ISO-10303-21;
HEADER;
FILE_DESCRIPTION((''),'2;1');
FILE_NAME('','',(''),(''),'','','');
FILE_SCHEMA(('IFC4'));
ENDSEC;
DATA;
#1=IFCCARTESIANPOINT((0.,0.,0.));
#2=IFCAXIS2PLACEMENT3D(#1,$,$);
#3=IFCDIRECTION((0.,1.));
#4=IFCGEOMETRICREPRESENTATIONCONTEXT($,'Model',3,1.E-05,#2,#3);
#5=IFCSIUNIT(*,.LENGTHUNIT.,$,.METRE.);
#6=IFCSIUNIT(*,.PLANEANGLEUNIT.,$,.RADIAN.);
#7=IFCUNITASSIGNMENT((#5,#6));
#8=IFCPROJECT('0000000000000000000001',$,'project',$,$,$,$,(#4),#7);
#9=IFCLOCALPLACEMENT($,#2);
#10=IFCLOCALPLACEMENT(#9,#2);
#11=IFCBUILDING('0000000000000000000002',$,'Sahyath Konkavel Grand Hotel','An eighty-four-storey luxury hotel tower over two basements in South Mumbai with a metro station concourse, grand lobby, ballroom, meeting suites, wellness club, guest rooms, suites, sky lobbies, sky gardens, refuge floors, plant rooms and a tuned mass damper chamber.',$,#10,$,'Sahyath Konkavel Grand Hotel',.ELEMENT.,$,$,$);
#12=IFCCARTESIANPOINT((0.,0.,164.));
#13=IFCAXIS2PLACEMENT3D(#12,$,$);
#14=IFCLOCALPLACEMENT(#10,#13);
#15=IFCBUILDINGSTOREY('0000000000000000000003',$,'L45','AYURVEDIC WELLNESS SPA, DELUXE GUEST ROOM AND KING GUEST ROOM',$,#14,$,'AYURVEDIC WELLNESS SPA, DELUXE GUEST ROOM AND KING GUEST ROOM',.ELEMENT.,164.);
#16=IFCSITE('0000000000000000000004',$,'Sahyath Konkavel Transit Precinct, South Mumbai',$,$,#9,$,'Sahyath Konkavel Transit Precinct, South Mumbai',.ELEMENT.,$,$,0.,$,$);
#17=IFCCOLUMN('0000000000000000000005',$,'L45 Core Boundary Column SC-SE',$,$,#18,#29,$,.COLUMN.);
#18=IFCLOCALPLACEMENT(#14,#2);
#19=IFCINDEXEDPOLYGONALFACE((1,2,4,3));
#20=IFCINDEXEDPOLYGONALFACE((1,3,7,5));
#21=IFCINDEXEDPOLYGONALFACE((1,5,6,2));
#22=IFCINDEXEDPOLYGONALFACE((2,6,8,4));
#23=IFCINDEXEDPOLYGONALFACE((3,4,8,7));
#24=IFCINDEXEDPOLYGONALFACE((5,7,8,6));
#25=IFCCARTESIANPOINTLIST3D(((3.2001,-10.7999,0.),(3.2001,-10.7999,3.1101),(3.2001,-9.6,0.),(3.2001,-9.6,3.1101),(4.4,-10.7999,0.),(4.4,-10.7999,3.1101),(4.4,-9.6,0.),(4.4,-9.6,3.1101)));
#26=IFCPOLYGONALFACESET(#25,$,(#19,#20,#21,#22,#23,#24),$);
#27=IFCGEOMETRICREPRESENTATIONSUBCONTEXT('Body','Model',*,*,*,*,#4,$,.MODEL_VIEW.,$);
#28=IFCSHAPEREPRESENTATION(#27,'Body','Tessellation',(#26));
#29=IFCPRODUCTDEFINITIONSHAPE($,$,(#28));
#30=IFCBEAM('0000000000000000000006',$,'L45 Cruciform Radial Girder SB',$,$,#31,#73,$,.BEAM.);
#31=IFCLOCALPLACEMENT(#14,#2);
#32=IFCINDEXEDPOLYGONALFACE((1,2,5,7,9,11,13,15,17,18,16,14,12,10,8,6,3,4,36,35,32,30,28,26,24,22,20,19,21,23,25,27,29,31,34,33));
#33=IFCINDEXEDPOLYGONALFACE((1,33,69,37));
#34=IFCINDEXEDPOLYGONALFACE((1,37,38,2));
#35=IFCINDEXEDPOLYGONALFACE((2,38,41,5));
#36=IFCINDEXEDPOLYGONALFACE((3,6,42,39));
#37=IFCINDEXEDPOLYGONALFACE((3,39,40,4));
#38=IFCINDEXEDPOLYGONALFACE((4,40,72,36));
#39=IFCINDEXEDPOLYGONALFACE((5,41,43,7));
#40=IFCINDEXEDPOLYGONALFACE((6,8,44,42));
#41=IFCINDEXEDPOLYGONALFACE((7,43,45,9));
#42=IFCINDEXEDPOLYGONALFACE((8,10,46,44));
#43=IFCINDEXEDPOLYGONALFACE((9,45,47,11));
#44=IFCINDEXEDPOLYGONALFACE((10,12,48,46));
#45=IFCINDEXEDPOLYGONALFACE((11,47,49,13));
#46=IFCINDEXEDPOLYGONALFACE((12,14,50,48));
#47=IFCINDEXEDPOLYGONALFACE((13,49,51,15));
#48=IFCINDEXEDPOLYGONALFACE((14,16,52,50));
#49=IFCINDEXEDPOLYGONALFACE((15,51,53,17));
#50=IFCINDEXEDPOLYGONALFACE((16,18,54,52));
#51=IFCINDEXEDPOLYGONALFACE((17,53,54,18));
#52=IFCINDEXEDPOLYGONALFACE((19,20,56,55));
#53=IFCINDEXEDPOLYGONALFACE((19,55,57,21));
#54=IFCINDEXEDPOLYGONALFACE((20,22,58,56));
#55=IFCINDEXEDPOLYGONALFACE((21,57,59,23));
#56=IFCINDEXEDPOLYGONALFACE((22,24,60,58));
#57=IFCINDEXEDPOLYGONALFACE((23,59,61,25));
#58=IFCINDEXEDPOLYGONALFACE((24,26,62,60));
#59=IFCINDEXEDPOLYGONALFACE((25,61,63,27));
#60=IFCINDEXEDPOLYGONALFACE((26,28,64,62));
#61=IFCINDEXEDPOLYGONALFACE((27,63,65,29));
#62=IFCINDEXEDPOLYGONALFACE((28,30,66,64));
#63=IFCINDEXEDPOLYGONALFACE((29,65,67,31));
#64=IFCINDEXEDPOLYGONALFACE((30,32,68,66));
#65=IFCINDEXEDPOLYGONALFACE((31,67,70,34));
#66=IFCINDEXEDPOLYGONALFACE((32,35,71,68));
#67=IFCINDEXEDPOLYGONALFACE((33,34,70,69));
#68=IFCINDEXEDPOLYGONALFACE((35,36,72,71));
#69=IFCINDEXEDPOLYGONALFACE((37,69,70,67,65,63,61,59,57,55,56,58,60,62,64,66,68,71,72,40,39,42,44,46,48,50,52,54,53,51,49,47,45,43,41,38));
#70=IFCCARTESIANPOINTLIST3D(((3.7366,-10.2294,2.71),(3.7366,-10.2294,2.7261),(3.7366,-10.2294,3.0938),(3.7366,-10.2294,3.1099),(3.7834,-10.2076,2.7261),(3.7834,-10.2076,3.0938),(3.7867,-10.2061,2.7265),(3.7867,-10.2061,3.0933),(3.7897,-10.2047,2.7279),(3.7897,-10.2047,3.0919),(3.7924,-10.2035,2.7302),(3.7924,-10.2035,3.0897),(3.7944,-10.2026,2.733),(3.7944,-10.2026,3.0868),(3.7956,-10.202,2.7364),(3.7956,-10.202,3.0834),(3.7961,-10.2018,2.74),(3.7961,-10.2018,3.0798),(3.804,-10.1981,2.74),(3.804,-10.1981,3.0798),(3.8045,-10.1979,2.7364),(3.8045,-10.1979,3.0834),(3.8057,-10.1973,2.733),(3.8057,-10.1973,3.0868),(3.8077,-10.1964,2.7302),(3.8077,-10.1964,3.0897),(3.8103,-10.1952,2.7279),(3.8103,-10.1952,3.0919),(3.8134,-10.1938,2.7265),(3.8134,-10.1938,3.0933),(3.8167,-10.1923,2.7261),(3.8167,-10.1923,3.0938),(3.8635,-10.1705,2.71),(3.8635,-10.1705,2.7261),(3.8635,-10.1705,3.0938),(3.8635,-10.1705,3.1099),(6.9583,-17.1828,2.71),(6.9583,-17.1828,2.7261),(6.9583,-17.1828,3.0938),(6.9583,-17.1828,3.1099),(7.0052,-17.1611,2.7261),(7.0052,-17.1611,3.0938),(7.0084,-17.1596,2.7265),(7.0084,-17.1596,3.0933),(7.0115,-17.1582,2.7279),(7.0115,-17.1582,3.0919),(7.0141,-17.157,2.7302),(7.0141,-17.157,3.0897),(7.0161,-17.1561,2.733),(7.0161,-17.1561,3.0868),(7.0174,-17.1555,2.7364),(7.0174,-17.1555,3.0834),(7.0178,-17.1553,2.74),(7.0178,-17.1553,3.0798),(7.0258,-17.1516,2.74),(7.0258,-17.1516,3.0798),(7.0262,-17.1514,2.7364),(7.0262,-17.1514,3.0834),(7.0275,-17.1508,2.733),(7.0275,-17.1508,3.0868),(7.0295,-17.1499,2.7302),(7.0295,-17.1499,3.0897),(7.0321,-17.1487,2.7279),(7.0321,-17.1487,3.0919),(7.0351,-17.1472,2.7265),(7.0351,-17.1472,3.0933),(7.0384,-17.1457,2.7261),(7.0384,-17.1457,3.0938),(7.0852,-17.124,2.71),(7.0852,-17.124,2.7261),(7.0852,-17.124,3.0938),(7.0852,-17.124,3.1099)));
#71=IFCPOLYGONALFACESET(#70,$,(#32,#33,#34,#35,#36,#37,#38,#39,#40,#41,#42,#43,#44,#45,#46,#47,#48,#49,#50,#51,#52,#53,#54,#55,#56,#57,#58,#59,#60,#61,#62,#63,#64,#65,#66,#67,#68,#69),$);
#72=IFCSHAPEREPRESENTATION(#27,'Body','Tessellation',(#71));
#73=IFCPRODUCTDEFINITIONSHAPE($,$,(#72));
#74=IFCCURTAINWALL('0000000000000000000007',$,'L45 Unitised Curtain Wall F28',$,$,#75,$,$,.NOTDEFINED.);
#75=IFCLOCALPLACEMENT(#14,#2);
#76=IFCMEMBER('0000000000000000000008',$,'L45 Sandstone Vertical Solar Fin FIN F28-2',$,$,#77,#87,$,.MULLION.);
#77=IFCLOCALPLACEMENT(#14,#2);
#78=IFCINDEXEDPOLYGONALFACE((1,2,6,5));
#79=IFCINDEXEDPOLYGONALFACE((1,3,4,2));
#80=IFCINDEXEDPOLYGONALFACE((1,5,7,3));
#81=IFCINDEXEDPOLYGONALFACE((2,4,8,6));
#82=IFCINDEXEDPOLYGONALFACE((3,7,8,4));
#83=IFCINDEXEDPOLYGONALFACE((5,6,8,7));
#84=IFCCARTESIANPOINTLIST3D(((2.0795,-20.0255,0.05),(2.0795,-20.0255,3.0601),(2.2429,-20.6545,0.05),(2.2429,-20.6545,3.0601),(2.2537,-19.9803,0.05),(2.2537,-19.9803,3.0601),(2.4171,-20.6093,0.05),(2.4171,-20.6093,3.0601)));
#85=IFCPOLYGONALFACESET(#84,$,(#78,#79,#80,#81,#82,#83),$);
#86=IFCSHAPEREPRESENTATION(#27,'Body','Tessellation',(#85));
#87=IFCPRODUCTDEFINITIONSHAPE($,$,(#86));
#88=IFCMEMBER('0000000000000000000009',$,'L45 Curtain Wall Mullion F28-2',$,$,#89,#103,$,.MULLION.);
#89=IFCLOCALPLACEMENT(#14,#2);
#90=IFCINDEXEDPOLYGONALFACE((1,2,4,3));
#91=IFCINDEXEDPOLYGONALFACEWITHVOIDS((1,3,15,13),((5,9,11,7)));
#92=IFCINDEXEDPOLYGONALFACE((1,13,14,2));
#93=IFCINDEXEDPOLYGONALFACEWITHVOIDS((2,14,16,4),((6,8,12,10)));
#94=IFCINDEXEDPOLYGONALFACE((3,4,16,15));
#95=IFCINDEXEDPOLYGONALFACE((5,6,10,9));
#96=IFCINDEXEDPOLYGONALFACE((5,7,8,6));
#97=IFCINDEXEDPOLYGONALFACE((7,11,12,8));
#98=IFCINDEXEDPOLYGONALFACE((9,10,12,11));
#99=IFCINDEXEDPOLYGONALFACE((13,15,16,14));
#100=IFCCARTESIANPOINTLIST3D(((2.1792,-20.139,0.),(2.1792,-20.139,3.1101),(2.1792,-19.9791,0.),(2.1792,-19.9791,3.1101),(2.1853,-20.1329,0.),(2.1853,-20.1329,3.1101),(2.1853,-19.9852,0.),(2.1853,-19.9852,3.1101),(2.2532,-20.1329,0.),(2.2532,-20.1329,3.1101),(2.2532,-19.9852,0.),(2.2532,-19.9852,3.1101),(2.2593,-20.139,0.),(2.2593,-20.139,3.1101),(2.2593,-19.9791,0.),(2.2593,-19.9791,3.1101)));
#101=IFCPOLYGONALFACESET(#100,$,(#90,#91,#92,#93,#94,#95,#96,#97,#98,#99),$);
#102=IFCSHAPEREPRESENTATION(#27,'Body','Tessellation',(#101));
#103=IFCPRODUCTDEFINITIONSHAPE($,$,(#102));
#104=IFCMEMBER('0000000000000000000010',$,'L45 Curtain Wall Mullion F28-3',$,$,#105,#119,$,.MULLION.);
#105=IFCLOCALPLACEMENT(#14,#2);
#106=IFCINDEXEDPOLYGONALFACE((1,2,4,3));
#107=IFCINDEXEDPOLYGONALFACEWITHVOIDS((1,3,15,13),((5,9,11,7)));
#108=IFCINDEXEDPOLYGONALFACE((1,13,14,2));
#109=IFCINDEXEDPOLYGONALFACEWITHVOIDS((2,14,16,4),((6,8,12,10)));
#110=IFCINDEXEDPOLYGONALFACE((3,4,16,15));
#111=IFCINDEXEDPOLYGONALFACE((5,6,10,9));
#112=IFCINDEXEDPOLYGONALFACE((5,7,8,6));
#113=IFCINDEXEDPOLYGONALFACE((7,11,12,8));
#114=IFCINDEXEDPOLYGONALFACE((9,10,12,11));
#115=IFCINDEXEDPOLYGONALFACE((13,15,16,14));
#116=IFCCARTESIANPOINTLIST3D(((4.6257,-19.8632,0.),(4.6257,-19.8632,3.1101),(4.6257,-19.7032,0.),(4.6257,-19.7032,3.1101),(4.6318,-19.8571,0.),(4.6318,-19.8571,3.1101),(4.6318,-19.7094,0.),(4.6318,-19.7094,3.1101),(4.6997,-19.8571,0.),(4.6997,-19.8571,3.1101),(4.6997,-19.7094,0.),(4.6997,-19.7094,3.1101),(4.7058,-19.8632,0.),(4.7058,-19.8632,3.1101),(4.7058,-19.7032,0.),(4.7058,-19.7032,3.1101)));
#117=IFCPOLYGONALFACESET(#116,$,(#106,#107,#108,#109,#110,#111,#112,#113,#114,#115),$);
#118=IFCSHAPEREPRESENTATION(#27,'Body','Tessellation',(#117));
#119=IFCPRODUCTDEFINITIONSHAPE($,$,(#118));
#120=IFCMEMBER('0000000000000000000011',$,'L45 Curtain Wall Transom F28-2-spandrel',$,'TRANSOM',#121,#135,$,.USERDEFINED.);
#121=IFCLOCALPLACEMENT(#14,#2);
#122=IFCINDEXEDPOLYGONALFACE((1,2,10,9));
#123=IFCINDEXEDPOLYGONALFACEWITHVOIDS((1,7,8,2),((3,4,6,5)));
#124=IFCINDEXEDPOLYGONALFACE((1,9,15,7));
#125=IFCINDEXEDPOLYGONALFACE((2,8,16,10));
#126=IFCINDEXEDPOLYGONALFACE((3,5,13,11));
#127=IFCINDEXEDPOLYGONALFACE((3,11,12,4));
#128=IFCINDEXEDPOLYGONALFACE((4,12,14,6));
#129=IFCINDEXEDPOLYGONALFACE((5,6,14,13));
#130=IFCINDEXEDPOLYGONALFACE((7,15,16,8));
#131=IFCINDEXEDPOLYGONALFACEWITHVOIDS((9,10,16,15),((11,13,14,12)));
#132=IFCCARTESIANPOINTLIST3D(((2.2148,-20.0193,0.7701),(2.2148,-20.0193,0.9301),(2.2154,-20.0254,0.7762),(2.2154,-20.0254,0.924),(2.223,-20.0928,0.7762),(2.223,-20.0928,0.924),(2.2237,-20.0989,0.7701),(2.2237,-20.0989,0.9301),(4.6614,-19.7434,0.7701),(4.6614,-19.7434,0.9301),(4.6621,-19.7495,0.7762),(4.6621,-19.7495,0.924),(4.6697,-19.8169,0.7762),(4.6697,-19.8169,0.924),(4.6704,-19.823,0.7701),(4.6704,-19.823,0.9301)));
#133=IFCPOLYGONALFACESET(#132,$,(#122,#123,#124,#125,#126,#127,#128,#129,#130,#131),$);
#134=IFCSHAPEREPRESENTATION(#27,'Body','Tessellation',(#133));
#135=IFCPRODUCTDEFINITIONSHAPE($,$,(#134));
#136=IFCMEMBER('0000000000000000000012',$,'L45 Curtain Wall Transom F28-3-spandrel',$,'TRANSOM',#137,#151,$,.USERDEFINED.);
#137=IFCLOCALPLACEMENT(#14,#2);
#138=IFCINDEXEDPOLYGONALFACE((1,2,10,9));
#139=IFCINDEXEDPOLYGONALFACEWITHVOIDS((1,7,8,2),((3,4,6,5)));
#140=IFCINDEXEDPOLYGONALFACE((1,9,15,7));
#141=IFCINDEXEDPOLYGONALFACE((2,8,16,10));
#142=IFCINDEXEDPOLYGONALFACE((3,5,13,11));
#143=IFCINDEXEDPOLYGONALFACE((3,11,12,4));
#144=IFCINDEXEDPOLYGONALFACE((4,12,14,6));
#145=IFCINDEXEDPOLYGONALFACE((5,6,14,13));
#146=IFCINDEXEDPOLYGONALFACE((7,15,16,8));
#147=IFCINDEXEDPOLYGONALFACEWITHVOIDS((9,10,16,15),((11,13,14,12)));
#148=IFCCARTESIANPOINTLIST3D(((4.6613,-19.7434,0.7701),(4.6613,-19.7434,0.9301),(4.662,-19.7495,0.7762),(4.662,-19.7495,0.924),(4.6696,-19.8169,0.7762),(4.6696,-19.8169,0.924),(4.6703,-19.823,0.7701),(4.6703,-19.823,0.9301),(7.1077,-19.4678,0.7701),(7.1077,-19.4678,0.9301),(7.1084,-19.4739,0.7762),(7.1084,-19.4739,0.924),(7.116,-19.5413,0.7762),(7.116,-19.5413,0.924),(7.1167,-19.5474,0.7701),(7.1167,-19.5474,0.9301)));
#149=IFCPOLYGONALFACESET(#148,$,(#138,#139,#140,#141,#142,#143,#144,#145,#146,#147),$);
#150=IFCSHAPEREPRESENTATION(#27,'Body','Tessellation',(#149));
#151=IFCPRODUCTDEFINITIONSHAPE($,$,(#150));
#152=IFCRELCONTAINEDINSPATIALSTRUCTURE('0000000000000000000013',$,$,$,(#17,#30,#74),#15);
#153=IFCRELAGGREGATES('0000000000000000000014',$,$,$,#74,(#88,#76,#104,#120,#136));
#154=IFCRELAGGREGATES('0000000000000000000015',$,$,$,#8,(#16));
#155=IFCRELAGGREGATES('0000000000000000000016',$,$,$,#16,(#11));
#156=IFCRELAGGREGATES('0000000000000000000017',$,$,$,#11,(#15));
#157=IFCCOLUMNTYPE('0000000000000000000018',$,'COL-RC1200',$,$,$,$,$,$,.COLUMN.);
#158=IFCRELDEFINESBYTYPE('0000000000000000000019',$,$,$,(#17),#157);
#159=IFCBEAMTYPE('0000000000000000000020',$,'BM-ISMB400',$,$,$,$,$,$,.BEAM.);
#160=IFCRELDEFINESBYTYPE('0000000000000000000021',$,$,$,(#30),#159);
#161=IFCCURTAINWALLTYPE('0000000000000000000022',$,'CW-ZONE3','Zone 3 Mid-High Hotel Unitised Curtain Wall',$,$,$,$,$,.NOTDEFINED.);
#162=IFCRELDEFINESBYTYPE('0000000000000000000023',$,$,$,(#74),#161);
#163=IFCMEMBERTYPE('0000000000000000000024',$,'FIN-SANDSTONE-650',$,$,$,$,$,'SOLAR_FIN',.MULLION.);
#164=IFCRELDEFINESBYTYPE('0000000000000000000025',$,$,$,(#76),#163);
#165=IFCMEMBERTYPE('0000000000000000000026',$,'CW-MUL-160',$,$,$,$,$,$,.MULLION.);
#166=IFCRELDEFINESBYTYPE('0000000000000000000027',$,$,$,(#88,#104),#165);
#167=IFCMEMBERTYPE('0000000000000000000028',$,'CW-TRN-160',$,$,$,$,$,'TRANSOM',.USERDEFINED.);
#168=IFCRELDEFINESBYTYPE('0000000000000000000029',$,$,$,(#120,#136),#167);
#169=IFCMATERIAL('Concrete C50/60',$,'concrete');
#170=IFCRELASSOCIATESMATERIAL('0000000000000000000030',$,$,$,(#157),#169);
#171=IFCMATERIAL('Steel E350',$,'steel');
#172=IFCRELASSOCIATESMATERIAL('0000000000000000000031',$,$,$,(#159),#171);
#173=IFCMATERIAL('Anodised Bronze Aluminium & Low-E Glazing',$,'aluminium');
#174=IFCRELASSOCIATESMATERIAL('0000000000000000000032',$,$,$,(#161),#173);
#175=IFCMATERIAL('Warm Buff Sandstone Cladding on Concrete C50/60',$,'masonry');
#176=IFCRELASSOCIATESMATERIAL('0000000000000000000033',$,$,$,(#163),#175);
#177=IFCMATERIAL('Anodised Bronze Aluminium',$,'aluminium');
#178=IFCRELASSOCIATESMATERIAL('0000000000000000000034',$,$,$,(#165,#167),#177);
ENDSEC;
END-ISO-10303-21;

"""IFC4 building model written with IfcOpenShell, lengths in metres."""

from ifc_helpers import new_model, si_unit, direction, frame, origin, origin_2d, place, context, subcontext, project, spatial, rectangle, hollow_rectangle, i_section, extrude, source, transform, mapped, material, material_profile, profile_set, type_object, element, aggregate, save


model = new_model("IFC4")

# Units and contexts
model_context = context("Model", 3, precision=1e-05, world=origin(), true_north=direction((0.0, 1.0)))
body_context = subcontext(model_context, "Body", "Model", "MODEL_VIEW")
ifc_project = project(units=[si_unit("LENGTHUNIT", "METRE"), si_unit("PLANEANGLEUNIT", "RADIAN")], contexts=[model_context])

# Site, building, storey
site_placement = place(None, origin())
site = spatial("IfcSite", under=ifc_project, at=site_placement, Name="Sahyath Konkavel Transit Precinct, South Mumbai", LongName="Sahyath Konkavel Transit Precinct, South Mumbai", CompositionType="ELEMENT", RefElevation=0.0)
building_placement = place(site_placement, origin())
building = spatial("IfcBuilding", under=site, at=building_placement, Name="Sahyath Konkavel Grand Hotel", Description="An eighty-four-storey luxury hotel tower over two basements in South Mumbai with a metro station concourse, grand lobby, ballroom, meeting suites, wellness club, guest rooms, suites, sky lobbies, sky gardens, refuge floors, plant rooms and a tuned mass damper chamber.", LongName="Sahyath Konkavel Grand Hotel", CompositionType="ELEMENT")
storey_placement = place(building_placement, frame((0.0, 0.0, 164.0)))
storey = spatial("IfcBuildingStorey", under=building, at=storey_placement, Name="L45", Description="AYURVEDIC WELLNESS SPA, DELUXE GUEST ROOM AND KING GUEST ROOM", LongName="AYURVEDIC WELLNESS SPA, DELUXE GUEST ROOM AND KING GUEST ROOM", CompositionType="ELEMENT", Elevation=164.0)

# Column
ifc_material_1 = material(Name="Concrete C50/60", Category="concrete")
ifc_material_profile_1 = material_profile(ifc_material_1, rectangle(XDim=1.2, YDim=1.2, at=origin_2d()), Name="RC 1200x1200")
ifc_profile_set_1 = profile_set([ifc_material_profile_1], Name="Concrete C50/60")
column_type = type_object("IfcColumnType", Name="COL-RC1200", PredefinedType="COLUMN", material=ifc_profile_set_1)
shared_shape_1 = source(origin(), body_context, "Body", "SweptSolid", [
    extrude(rectangle(XDim=1.2, YDim=1.2, at=origin_2d()), origin(), (0.0, 0.0, 1.0), 3.1101),
])
column_placement = place(storey_placement, frame((3.8, -10.2, 0.0), z_axis=(0.0, 0.0, 1.0), x_axis=(1.0, 0.0, 0.0)))
element("IfcColumn", 1, at=column_placement, inside=storey, type_object=column_type, Name="L45 Core Boundary Column SC-SE", PredefinedType="COLUMN", context=body_context, shape_type="MappedRepresentation", body=[
    mapped(shared_shape_1, transform((0.0, 0.0, 0.0), scale=1.0)),
])

# Beam
ifc_material_2 = material(Name="Steel E350", Category="steel")
ifc_material_profile_2 = material_profile(ifc_material_2, i_section(OverallWidth=0.1399, OverallDepth=0.3999, WebThickness=0.0088, FlangeThickness=0.0161, FilletRadius=0.0139, at=origin_2d()), Name="ISMB 400")
ifc_profile_set_2 = profile_set([ifc_material_profile_2], Name="Steel E350")
beam_type_1 = type_object("IfcBeamType", Name="BM-ISMB400", PredefinedType="BEAM", material=ifc_profile_set_2)
shared_shape_2 = source(origin(), body_context, "Body", "SweptSolid", [
    extrude(i_section(OverallWidth=0.1399, OverallDepth=0.3999, WebThickness=0.0088, FlangeThickness=0.0161, FilletRadius=0.0139, at=origin_2d()), origin(), (0.0, 0.0, 1.0), 7.6636),
])
beam_1_placement = place(storey_placement, frame((3.8, -10.2, 2.9099), z_axis=(0.420395, -0.907341, 0.0), x_axis=(0.907341, 0.420395, 0.0)))
element("IfcBeam", 2, at=beam_1_placement, inside=storey, type_object=beam_type_1, Name="L45 Cruciform Radial Girder SB", PredefinedType="BEAM", context=body_context, shape_type="MappedRepresentation", body=[
    mapped(shared_shape_2, transform((0.0, 0.0, 0.0), scale=1.0)),
])

# Curtain wall, members
ifc_material_3 = material(Name="Anodised Bronze Aluminium & Low-E Glazing", Category="aluminium")
curtain_wall_type = type_object("IfcCurtainWallType", Name="CW-ZONE3", Description="Zone 3 Mid-High Hotel Unitised Curtain Wall", PredefinedType="NOTDEFINED", material=ifc_material_3)
curtain_wall_placement = place(storey_placement, origin())
curtain_wall = element("IfcCurtainWall", 3, at=curtain_wall_placement, inside=storey, type_object=curtain_wall_type, Name="L45 Unitised Curtain Wall F28", PredefinedType="NOTDEFINED")
ifc_material_4 = material(Name="Warm Buff Sandstone Cladding on Concrete C50/60", Category="masonry")
ifc_material_profile_3 = material_profile(ifc_material_4, rectangle(XDim=0.1799, YDim=0.6499, at=origin_2d()), Name="FIN 180x650")
ifc_profile_set_3 = profile_set([ifc_material_profile_3], Name="Warm Buff Sandstone Cladding on Concrete C50/60")
member_type_1 = type_object("IfcMemberType", Name="FIN-SANDSTONE-650", ElementType="SOLAR_FIN", PredefinedType="MULLION", material=ifc_profile_set_3)
shared_shape_3 = source(origin(), body_context, "Body", "SweptSolid", [
    extrude(rectangle(XDim=0.1799, YDim=0.6499, at=origin_2d()), origin(), (0.0, 0.0, 1.0), 3.01),
])
member_1_placement = place(storey_placement, frame((2.2483, -20.3174, 0.05), z_axis=(0.0, 0.0, 1.0), x_axis=(0.967885, 0.251394, 0.0)))
member_1 = element("IfcMember", 4, at=member_1_placement, type_object=member_type_1, Name="L45 Sandstone Vertical Solar Fin FIN F28-2", PredefinedType="MULLION", context=body_context, shape_type="MappedRepresentation", body=[
    mapped(shared_shape_3, transform((0.0, 0.0, 0.0), scale=1.0)),
])
ifc_material_5 = material(Name="Anodised Bronze Aluminium", Category="aluminium")
ifc_material_profile_4 = material_profile(ifc_material_5, hollow_rectangle(XDim=0.0801, YDim=0.1599, WallThickness=0.0061, at=origin_2d()), Name="RHS 160x80x6")
ifc_profile_set_4 = profile_set([ifc_material_profile_4], Name="Anodised Bronze Aluminium")
member_type_2 = type_object("IfcMemberType", Name="CW-MUL-160", PredefinedType="MULLION", material=ifc_profile_set_4)
shared_shape_4 = source(origin(), body_context, "Body", "SweptSolid", [
    extrude(hollow_rectangle(XDim=0.0801, YDim=0.1599, WallThickness=0.0061, at=origin_2d()), origin(), (0.0, 0.0, 1.0), 3.1101),
])
member_2_placement = place(storey_placement, frame((2.2192, -20.0591, 0.0), z_axis=(0.0, 0.0, 1.0), x_axis=(1.0, 0.0, 0.0)))
member_2 = element("IfcMember", 5, at=member_2_placement, type_object=member_type_2, Name="L45 Curtain Wall Mullion F28-2", PredefinedType="MULLION", context=body_context, shape_type="MappedRepresentation", body=[
    mapped(shared_shape_4, transform((0.0, 0.0, 0.0), scale=1.0)),
])
member_3_placement = place(storey_placement, frame((4.6658, -19.7832, 0.0), z_axis=(0.0, 0.0, 1.0), x_axis=(1.0, 0.0, 0.0)))
member_3 = element("IfcMember", 6, at=member_3_placement, type_object=member_type_2, Name="L45 Curtain Wall Mullion F28-3", PredefinedType="MULLION", context=body_context, shape_type="MappedRepresentation", body=[
    mapped(shared_shape_4, transform((0.0, 0.0, 0.0), scale=1.0)),
])
ifc_material_profile_5 = material_profile(ifc_material_5, hollow_rectangle(XDim=0.0801, YDim=0.1599, WallThickness=0.0061, at=origin_2d()), Name="RHS 160x80x6")
ifc_profile_set_5 = profile_set([ifc_material_profile_5], Name="Anodised Bronze Aluminium")
member_type_3 = type_object("IfcMemberType", Name="CW-TRN-160", ElementType="TRANSOM", PredefinedType="USERDEFINED", material=ifc_profile_set_5)
shared_shape_5 = source(origin(), body_context, "Body", "SweptSolid", [
    extrude(hollow_rectangle(XDim=0.0801, YDim=0.1599, WallThickness=0.0061, at=origin_2d()), origin(), (0.0, 0.0, 1.0), 2.4622),
])
member_4_placement = place(storey_placement, frame((2.2192, -20.0591, 0.8501), z_axis=(0.993702, 0.112053, 0.0), x_axis=(-0.112053, 0.993702, 0.0)))
member_4 = element("IfcMember", 7, at=member_4_placement, type_object=member_type_3, Name="L45 Curtain Wall Transom F28-2-spandrel", ObjectType="TRANSOM", PredefinedType="USERDEFINED", context=body_context, shape_type="MappedRepresentation", body=[
    mapped(shared_shape_5, transform((0.0, 0.0, 0.0), scale=1.0)),
])
shared_shape_6 = source(origin(), body_context, "Body", "SweptSolid", [
    extrude(hollow_rectangle(XDim=0.0801, YDim=0.1599, WallThickness=0.0061, at=origin_2d()), origin(), (0.0, 0.0, 1.0), 2.4619),
])
member_5_placement = place(storey_placement, frame((4.6658, -19.7832, 0.8501), z_axis=(0.993713, 0.111955, 0.0), x_axis=(-0.111955, 0.993713, 0.0)))
member_5 = element("IfcMember", 8, at=member_5_placement, type_object=member_type_3, Name="L45 Curtain Wall Transom F28-3-spandrel", ObjectType="TRANSOM", PredefinedType="USERDEFINED", context=body_context, shape_type="MappedRepresentation", body=[
    mapped(shared_shape_6, transform((0.0, 0.0, 0.0), scale=1.0)),
])

aggregate(curtain_wall, [member_2, member_1, member_3, member_4, member_5])

save(model, "model.ifc")
